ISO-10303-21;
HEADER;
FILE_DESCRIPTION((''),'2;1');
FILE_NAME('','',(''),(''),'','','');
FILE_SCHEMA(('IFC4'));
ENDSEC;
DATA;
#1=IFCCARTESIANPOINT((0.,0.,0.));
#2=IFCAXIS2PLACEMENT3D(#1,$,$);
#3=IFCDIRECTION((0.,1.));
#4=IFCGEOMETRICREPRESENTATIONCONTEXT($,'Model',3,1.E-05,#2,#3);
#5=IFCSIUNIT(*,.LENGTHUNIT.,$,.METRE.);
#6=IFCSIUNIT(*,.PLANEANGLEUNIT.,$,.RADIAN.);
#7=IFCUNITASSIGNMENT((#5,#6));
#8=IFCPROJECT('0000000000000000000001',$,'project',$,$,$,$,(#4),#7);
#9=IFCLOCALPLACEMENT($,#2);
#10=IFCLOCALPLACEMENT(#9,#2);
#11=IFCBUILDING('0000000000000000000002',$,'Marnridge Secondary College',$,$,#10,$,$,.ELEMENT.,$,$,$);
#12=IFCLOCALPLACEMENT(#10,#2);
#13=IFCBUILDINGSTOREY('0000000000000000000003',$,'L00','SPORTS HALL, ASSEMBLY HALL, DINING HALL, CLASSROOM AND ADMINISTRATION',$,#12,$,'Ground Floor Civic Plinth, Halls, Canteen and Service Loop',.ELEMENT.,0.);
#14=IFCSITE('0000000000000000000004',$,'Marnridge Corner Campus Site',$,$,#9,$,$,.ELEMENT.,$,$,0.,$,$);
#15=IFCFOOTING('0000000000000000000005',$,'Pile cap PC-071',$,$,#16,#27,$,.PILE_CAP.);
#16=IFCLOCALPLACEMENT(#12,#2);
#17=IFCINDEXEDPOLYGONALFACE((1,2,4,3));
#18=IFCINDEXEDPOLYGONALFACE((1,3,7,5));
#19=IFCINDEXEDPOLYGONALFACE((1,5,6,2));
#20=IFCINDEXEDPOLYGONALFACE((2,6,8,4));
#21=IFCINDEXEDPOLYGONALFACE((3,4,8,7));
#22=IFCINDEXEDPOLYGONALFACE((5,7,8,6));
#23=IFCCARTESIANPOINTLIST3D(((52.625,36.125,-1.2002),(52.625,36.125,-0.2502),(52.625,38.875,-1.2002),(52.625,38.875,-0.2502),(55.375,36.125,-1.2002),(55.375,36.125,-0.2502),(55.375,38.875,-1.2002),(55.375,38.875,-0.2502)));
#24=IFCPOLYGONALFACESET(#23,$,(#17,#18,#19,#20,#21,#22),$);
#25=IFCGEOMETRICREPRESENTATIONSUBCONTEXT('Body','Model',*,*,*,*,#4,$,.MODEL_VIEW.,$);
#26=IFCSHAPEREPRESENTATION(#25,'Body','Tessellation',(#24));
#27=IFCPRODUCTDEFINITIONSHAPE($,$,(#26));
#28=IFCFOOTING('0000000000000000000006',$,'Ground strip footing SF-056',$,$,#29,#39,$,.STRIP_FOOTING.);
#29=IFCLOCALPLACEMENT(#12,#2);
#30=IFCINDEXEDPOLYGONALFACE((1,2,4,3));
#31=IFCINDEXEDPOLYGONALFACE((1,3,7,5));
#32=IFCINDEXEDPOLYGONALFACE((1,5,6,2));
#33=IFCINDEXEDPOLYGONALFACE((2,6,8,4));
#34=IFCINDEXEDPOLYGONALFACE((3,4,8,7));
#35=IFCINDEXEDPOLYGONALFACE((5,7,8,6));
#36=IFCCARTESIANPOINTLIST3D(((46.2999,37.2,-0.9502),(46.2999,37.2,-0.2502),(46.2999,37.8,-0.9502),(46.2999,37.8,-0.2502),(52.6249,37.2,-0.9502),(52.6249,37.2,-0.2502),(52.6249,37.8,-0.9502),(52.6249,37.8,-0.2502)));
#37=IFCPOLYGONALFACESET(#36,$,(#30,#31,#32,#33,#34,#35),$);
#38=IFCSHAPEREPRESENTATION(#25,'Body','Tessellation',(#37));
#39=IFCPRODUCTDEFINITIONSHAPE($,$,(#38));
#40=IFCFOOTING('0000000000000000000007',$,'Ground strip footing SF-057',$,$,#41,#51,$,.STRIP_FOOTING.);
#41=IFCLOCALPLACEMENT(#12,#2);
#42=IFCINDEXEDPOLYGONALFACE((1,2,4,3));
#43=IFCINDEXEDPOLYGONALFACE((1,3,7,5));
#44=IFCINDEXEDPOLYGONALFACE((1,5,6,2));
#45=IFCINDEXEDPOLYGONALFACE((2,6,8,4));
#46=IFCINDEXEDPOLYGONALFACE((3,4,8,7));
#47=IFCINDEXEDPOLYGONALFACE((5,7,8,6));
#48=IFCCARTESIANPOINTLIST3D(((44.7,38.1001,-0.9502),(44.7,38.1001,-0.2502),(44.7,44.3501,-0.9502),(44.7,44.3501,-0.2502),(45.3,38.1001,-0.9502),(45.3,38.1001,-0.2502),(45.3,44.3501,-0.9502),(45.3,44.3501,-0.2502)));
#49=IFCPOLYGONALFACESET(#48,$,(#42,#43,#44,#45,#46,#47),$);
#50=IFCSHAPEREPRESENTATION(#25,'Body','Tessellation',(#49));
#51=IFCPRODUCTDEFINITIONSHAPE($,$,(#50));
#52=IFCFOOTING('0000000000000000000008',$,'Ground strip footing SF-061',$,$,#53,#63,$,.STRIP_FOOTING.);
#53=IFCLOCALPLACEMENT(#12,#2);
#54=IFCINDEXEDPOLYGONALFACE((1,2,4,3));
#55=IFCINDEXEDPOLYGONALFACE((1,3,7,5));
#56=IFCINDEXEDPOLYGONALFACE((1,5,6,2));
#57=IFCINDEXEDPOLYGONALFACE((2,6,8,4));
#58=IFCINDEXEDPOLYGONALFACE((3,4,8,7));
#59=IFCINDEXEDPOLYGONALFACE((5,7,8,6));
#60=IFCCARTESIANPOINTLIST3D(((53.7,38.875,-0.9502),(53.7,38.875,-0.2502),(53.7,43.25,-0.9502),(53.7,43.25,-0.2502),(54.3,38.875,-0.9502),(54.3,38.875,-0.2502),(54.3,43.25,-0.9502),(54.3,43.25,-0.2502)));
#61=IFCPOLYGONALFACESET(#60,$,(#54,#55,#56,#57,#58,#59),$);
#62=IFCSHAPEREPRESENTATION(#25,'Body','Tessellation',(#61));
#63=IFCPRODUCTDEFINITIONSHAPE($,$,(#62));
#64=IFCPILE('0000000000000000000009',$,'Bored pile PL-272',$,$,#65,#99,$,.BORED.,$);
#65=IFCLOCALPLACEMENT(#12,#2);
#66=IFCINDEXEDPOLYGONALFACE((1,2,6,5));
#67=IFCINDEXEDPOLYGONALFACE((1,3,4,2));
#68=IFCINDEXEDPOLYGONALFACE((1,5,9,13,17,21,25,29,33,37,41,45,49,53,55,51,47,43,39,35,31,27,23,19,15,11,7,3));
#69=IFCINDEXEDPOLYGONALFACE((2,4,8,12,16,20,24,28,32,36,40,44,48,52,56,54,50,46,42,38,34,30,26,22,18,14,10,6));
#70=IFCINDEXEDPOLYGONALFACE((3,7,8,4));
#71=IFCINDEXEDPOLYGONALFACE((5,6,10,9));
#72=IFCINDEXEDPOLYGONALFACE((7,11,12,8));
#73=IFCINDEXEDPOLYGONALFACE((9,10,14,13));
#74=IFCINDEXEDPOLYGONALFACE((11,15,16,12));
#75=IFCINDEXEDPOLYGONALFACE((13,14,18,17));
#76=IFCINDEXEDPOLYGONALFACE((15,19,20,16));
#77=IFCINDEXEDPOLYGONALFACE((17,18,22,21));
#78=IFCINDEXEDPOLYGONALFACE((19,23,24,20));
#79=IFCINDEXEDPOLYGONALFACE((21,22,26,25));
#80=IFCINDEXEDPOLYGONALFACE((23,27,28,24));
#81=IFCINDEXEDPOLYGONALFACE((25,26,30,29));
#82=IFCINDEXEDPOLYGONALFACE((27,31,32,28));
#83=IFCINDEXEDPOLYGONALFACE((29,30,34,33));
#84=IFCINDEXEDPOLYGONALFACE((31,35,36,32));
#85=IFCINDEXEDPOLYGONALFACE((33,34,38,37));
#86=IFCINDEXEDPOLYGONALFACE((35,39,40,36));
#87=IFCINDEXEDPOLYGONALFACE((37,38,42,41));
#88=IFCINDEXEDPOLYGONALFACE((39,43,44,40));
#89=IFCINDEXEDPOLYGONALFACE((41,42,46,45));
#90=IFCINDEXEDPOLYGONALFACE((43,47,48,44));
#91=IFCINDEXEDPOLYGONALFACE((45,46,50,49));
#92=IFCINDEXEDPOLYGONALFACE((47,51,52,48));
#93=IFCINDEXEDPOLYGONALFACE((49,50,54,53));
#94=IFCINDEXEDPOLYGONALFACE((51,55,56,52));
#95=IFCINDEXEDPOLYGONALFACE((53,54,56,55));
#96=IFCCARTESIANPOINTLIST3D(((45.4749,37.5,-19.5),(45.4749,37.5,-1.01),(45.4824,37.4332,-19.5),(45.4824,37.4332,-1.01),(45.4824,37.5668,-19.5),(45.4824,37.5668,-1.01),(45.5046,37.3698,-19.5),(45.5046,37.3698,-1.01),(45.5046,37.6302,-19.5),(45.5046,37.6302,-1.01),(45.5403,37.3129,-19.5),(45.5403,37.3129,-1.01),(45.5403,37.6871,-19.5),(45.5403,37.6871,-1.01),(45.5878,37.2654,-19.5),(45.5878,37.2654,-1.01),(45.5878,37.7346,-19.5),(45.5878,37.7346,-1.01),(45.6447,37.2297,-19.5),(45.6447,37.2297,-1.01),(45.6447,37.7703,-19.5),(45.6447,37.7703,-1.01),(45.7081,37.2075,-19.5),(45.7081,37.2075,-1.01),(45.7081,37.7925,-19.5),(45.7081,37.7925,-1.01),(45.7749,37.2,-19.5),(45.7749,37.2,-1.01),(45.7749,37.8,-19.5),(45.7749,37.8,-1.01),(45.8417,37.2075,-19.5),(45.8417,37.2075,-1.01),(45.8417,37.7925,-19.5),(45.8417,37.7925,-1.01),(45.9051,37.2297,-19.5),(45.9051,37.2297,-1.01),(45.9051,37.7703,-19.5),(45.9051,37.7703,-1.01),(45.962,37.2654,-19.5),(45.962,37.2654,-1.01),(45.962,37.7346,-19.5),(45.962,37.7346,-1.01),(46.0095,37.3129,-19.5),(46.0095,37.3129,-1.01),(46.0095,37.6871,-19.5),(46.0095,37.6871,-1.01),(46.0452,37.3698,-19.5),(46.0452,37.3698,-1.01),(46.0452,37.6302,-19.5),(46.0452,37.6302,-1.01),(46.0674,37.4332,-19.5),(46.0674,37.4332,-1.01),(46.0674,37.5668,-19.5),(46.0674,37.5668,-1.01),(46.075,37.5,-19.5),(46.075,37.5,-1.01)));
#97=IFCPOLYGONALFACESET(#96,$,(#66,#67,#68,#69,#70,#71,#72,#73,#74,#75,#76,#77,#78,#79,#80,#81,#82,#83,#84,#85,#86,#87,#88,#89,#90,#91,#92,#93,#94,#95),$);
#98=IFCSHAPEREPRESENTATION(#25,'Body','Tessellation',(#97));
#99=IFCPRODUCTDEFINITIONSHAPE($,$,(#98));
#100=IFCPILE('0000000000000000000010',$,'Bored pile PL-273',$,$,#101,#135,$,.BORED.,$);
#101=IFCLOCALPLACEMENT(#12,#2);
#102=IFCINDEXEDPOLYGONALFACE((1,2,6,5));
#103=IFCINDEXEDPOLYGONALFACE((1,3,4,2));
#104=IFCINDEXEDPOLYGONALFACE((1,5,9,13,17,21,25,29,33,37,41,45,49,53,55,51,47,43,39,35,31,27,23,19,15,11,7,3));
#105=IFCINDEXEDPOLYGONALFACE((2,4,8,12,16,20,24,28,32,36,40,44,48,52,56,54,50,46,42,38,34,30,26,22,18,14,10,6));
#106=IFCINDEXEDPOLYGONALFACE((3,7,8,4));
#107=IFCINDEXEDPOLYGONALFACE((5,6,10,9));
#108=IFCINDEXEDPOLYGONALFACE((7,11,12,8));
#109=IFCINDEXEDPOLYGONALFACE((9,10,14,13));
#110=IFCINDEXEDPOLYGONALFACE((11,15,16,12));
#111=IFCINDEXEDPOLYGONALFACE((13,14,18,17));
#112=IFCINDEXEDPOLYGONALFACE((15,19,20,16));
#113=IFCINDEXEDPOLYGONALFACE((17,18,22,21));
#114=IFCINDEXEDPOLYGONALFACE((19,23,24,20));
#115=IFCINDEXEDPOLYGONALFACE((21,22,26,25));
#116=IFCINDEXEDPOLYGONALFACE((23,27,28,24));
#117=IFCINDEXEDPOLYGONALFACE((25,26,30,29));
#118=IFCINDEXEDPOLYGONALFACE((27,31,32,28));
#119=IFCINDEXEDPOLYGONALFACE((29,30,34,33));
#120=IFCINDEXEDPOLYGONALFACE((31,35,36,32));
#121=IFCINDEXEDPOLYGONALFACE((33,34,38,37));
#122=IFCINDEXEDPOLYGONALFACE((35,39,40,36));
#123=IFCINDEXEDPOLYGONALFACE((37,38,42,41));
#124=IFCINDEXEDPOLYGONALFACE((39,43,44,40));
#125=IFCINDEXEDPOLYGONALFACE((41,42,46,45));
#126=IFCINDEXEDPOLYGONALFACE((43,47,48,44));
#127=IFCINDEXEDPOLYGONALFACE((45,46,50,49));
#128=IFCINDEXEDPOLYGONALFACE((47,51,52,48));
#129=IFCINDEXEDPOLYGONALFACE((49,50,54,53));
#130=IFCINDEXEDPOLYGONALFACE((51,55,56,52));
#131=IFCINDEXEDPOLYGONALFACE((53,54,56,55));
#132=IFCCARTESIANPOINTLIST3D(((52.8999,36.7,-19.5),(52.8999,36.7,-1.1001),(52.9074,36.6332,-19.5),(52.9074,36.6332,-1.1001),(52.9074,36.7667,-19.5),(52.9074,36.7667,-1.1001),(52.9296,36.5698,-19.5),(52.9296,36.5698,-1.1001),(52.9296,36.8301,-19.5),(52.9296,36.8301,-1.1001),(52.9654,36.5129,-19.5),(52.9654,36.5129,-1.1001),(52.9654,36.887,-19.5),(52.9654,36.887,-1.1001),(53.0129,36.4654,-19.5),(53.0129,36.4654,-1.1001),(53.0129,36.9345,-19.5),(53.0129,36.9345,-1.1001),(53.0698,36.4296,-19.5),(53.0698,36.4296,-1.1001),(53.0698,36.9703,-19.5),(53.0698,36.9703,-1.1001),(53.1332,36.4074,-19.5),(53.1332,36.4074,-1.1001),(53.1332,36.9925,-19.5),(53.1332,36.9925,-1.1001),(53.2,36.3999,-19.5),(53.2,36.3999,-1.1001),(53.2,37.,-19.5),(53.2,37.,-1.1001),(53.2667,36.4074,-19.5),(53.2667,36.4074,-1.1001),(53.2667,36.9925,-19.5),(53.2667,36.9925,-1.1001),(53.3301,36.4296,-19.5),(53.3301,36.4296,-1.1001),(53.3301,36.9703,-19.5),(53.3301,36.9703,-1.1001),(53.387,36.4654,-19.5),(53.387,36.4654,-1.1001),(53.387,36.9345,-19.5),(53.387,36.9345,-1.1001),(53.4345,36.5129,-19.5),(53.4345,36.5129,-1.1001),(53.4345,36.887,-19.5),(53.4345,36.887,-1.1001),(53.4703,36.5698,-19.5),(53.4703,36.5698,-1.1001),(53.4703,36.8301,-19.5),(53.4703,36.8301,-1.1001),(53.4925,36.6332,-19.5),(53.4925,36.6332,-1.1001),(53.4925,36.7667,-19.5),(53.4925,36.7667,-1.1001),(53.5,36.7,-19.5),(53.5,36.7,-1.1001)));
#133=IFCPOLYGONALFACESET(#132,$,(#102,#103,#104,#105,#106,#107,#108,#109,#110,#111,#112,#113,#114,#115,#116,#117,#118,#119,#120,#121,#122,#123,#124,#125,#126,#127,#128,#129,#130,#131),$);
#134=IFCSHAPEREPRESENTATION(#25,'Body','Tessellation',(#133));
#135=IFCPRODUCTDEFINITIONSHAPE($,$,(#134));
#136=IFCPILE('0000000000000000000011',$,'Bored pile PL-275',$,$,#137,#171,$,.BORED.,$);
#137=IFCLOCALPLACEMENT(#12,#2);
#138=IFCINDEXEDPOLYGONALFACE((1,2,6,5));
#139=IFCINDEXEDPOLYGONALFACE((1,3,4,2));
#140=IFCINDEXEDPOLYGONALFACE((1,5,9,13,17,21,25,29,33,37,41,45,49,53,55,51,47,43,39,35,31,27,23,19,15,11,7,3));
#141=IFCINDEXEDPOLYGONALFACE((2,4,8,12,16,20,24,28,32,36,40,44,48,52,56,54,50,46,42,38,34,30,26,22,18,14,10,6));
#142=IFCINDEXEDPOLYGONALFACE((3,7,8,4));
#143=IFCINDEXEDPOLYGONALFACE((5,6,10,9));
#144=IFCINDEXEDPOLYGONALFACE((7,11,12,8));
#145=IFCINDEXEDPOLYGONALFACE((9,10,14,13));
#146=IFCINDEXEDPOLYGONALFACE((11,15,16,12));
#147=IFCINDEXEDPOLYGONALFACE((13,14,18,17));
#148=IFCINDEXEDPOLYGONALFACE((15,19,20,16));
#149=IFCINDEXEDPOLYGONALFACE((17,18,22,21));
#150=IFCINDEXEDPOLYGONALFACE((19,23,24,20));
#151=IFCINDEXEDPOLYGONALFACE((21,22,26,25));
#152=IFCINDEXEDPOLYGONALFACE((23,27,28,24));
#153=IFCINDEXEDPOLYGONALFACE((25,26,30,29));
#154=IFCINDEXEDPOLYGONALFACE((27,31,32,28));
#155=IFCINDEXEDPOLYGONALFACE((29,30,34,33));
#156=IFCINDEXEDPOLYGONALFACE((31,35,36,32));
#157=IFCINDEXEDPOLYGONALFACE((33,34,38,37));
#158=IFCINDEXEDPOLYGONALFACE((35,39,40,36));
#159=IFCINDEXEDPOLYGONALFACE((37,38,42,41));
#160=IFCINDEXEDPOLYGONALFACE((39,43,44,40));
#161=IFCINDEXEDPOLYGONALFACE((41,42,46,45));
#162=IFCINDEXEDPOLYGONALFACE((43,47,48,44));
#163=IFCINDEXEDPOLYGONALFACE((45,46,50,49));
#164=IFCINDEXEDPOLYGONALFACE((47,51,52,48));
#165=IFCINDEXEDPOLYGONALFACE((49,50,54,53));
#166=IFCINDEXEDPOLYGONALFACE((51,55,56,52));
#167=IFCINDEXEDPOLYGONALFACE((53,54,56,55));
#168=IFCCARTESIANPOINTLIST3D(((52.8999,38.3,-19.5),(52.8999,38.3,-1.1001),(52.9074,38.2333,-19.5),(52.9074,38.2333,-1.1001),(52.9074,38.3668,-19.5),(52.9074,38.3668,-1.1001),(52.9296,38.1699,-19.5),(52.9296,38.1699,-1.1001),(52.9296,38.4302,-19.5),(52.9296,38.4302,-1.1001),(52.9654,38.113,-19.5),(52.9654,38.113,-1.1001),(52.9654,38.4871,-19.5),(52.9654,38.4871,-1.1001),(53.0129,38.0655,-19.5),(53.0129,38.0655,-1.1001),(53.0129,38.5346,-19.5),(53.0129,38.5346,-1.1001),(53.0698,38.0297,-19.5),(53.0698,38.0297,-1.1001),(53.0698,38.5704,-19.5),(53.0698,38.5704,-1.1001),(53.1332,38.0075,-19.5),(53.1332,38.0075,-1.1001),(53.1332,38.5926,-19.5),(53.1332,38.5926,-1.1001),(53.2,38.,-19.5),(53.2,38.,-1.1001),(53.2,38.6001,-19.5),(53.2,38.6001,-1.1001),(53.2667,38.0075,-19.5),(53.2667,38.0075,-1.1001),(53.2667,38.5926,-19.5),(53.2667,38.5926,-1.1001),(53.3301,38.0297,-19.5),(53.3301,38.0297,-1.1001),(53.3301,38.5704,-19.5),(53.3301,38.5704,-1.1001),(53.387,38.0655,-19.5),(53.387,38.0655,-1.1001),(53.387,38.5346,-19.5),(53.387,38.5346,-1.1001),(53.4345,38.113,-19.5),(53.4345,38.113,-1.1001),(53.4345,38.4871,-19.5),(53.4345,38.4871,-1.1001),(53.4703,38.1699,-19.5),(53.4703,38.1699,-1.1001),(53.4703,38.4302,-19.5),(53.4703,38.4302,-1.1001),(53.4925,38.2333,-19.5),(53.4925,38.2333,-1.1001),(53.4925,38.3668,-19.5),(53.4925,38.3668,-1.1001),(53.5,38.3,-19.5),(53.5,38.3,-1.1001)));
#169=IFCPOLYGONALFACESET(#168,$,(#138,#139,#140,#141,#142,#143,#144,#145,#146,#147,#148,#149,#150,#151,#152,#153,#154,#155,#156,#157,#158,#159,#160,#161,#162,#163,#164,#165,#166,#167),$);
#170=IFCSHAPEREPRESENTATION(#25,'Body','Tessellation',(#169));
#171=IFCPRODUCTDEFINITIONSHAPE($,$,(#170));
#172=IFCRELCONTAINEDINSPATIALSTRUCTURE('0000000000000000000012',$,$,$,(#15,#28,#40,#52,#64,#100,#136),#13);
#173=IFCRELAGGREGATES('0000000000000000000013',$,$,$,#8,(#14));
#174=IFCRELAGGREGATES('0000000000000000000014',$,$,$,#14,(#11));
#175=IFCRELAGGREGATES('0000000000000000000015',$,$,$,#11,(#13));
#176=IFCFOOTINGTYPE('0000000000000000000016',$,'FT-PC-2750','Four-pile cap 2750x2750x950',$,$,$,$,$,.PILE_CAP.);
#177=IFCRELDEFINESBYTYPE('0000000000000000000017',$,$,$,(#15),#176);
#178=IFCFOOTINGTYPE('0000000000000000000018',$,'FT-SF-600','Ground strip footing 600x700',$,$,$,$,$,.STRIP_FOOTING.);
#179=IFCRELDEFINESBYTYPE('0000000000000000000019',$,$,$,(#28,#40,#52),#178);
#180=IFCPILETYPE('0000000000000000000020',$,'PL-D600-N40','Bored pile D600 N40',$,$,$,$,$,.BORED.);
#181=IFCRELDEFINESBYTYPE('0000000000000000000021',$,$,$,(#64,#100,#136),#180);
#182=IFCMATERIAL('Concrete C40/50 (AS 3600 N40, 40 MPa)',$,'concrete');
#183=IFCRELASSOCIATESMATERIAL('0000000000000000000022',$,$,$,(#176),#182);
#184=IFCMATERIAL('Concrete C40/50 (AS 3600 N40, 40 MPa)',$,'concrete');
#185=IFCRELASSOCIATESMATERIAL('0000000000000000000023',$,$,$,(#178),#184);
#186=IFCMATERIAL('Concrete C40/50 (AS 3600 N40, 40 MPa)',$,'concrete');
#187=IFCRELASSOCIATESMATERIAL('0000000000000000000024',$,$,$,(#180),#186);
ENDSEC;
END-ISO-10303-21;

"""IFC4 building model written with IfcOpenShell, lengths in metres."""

from ifc_helpers import new_model, si_unit, direction, frame, origin, origin_2d, place, context, subcontext, project, spatial, rectangle, circle, extrude, material, material_profile, profile_set, type_object, element, save


model = new_model("IFC4")

# Units and contexts
model_context = context("Model", 3, precision=1e-05, world=origin(), true_north=direction((0.0, 1.0)))
body_context = subcontext(model_context, "Body", "Model", "MODEL_VIEW")
ifc_project = project(units=[si_unit("LENGTHUNIT", "METRE"), si_unit("PLANEANGLEUNIT", "RADIAN")], contexts=[model_context])

# Site, building, storey
site_placement = place(None, origin())
site = spatial("IfcSite", under=ifc_project, at=site_placement, Name="Marnridge Corner Campus Site", CompositionType="ELEMENT", RefElevation=0.0)
building_placement = place(site_placement, origin())
building = spatial("IfcBuilding", under=site, at=building_placement, Name="Marnridge Secondary College", CompositionType="ELEMENT")
storey_placement = place(building_placement, origin())
storey = spatial("IfcBuildingStorey", under=building, at=storey_placement, Name="L00", Description="SPORTS HALL, ASSEMBLY HALL, DINING HALL, CLASSROOM AND ADMINISTRATION", LongName="Ground Floor Civic Plinth, Halls, Canteen and Service Loop", CompositionType="ELEMENT", Elevation=0.0)

# Footings
ifc_material_1 = material(Name="Concrete C40/50 (AS 3600 N40, 40 MPa)", Category="concrete")
footing_type_1 = type_object("IfcFootingType", Name="FT-PC-2750", Description="Four-pile cap 2750x2750x950", PredefinedType="PILE_CAP", material=ifc_material_1)
footing_1_placement = place(storey_placement, frame((54.0, 37.5, -1.2002), z_axis=(0.0, 0.0, 1.0), x_axis=(1.0, 0.0, 0.0)))
element("IfcFooting", 1, at=footing_1_placement, inside=storey, type_object=footing_type_1, Name="Pile cap PC-071", PredefinedType="PILE_CAP", context=body_context, shape_type="SweptSolid", body=[
    extrude(rectangle(XDim=2.75, YDim=2.75, at=origin_2d()), origin(), (0.0, 0.0, 1.0), 0.95),
])
ifc_material_2 = material(Name="Concrete C40/50 (AS 3600 N40, 40 MPa)", Category="concrete")
footing_type_2 = type_object("IfcFootingType", Name="FT-SF-600", Description="Ground strip footing 600x700", PredefinedType="STRIP_FOOTING", material=ifc_material_2)
footing_2_placement = place(storey_placement, frame((49.4624, 37.5, -0.9502), z_axis=(0.0, 0.0, 1.0), x_axis=(1.0, 0.0, 0.0)))
element("IfcFooting", 2, at=footing_2_placement, inside=storey, type_object=footing_type_2, Name="Ground strip footing SF-056", PredefinedType="STRIP_FOOTING", context=body_context, shape_type="SweptSolid", body=[
    extrude(rectangle(XDim=6.325, YDim=0.6001, at=origin_2d()), origin(), (0.0, 0.0, 1.0), 0.7),
])
footing_3_placement = place(storey_placement, frame((45.0, 41.2251, -0.9502), z_axis=(0.0, 0.0, 1.0), x_axis=(1.0, 0.0, 0.0)))
element("IfcFooting", 3, at=footing_3_placement, inside=storey, type_object=footing_type_2, Name="Ground strip footing SF-057", PredefinedType="STRIP_FOOTING", context=body_context, shape_type="SweptSolid", body=[
    extrude(rectangle(XDim=0.6001, YDim=6.25, at=origin_2d()), origin(), (0.0, 0.0, 1.0), 0.7),
])
footing_4_placement = place(storey_placement, frame((54.0, 41.0625, -0.9502), z_axis=(0.0, 0.0, 1.0), x_axis=(1.0, 0.0, 0.0)))
element("IfcFooting", 4, at=footing_4_placement, inside=storey, type_object=footing_type_2, Name="Ground strip footing SF-061", PredefinedType="STRIP_FOOTING", context=body_context, shape_type="SweptSolid", body=[
    extrude(rectangle(XDim=0.6001, YDim=4.375, at=origin_2d()), origin(), (0.0, 0.0, 1.0), 0.7),
])

# Piles
ifc_material_3 = material(Name="Concrete C40/50 (AS 3600 N40, 40 MPa)", Category="concrete")
ifc_material_profile_1 = material_profile(ifc_material_3, circle(Radius=0.3, at=origin_2d()), Name="PILE D600")
ifc_profile_set_1 = profile_set([ifc_material_profile_1], Name="Concrete C40/50 (AS 3600 N40, 40 MPa)")
pile_type_1 = type_object("IfcPileType", Name="PL-D600-N40", Description="Bored pile D600 N40", PredefinedType="BORED", material=ifc_profile_set_1)
pile_1_placement = place(storey_placement, frame((45.7749, 37.5, -1.01), z_axis=(0.0, 0.0, -1.0), x_axis=(1.0, 0.0, 0.0)))
element("IfcPile", 5, at=pile_1_placement, inside=storey, type_object=pile_type_1, Name="Bored pile PL-272", PredefinedType="BORED", context=body_context, shape_type="SweptSolid", body=[
    extrude(circle(Radius=0.3, at=origin_2d()), origin(), (0.0, 0.0, 1.0), 18.49),
])
for number, where, z_axis, x_axis, name in (
    (6, (53.2, 36.7, -1.1001), (0.0, 0.0, -1.0), (1.0, 0.0, 0.0), "Bored pile PL-273"),
    (7, (53.2, 38.3, -1.1001), (0.0, 0.0, -1.0), (1.0, 0.0, 0.0), "Bored pile PL-275"),
):
    element("IfcPile", number, at=place(storey_placement, frame(where, z_axis=z_axis, x_axis=x_axis)), inside=storey, type_object=pile_type_1, Name=name, PredefinedType="BORED", context=body_context, shape_type="SweptSolid", body=[
        extrude(circle(Radius=0.3, at=origin_2d()), origin(), (0.0, 0.0, 1.0), 18.3999),
    ])

save(model, "model.ifc")
